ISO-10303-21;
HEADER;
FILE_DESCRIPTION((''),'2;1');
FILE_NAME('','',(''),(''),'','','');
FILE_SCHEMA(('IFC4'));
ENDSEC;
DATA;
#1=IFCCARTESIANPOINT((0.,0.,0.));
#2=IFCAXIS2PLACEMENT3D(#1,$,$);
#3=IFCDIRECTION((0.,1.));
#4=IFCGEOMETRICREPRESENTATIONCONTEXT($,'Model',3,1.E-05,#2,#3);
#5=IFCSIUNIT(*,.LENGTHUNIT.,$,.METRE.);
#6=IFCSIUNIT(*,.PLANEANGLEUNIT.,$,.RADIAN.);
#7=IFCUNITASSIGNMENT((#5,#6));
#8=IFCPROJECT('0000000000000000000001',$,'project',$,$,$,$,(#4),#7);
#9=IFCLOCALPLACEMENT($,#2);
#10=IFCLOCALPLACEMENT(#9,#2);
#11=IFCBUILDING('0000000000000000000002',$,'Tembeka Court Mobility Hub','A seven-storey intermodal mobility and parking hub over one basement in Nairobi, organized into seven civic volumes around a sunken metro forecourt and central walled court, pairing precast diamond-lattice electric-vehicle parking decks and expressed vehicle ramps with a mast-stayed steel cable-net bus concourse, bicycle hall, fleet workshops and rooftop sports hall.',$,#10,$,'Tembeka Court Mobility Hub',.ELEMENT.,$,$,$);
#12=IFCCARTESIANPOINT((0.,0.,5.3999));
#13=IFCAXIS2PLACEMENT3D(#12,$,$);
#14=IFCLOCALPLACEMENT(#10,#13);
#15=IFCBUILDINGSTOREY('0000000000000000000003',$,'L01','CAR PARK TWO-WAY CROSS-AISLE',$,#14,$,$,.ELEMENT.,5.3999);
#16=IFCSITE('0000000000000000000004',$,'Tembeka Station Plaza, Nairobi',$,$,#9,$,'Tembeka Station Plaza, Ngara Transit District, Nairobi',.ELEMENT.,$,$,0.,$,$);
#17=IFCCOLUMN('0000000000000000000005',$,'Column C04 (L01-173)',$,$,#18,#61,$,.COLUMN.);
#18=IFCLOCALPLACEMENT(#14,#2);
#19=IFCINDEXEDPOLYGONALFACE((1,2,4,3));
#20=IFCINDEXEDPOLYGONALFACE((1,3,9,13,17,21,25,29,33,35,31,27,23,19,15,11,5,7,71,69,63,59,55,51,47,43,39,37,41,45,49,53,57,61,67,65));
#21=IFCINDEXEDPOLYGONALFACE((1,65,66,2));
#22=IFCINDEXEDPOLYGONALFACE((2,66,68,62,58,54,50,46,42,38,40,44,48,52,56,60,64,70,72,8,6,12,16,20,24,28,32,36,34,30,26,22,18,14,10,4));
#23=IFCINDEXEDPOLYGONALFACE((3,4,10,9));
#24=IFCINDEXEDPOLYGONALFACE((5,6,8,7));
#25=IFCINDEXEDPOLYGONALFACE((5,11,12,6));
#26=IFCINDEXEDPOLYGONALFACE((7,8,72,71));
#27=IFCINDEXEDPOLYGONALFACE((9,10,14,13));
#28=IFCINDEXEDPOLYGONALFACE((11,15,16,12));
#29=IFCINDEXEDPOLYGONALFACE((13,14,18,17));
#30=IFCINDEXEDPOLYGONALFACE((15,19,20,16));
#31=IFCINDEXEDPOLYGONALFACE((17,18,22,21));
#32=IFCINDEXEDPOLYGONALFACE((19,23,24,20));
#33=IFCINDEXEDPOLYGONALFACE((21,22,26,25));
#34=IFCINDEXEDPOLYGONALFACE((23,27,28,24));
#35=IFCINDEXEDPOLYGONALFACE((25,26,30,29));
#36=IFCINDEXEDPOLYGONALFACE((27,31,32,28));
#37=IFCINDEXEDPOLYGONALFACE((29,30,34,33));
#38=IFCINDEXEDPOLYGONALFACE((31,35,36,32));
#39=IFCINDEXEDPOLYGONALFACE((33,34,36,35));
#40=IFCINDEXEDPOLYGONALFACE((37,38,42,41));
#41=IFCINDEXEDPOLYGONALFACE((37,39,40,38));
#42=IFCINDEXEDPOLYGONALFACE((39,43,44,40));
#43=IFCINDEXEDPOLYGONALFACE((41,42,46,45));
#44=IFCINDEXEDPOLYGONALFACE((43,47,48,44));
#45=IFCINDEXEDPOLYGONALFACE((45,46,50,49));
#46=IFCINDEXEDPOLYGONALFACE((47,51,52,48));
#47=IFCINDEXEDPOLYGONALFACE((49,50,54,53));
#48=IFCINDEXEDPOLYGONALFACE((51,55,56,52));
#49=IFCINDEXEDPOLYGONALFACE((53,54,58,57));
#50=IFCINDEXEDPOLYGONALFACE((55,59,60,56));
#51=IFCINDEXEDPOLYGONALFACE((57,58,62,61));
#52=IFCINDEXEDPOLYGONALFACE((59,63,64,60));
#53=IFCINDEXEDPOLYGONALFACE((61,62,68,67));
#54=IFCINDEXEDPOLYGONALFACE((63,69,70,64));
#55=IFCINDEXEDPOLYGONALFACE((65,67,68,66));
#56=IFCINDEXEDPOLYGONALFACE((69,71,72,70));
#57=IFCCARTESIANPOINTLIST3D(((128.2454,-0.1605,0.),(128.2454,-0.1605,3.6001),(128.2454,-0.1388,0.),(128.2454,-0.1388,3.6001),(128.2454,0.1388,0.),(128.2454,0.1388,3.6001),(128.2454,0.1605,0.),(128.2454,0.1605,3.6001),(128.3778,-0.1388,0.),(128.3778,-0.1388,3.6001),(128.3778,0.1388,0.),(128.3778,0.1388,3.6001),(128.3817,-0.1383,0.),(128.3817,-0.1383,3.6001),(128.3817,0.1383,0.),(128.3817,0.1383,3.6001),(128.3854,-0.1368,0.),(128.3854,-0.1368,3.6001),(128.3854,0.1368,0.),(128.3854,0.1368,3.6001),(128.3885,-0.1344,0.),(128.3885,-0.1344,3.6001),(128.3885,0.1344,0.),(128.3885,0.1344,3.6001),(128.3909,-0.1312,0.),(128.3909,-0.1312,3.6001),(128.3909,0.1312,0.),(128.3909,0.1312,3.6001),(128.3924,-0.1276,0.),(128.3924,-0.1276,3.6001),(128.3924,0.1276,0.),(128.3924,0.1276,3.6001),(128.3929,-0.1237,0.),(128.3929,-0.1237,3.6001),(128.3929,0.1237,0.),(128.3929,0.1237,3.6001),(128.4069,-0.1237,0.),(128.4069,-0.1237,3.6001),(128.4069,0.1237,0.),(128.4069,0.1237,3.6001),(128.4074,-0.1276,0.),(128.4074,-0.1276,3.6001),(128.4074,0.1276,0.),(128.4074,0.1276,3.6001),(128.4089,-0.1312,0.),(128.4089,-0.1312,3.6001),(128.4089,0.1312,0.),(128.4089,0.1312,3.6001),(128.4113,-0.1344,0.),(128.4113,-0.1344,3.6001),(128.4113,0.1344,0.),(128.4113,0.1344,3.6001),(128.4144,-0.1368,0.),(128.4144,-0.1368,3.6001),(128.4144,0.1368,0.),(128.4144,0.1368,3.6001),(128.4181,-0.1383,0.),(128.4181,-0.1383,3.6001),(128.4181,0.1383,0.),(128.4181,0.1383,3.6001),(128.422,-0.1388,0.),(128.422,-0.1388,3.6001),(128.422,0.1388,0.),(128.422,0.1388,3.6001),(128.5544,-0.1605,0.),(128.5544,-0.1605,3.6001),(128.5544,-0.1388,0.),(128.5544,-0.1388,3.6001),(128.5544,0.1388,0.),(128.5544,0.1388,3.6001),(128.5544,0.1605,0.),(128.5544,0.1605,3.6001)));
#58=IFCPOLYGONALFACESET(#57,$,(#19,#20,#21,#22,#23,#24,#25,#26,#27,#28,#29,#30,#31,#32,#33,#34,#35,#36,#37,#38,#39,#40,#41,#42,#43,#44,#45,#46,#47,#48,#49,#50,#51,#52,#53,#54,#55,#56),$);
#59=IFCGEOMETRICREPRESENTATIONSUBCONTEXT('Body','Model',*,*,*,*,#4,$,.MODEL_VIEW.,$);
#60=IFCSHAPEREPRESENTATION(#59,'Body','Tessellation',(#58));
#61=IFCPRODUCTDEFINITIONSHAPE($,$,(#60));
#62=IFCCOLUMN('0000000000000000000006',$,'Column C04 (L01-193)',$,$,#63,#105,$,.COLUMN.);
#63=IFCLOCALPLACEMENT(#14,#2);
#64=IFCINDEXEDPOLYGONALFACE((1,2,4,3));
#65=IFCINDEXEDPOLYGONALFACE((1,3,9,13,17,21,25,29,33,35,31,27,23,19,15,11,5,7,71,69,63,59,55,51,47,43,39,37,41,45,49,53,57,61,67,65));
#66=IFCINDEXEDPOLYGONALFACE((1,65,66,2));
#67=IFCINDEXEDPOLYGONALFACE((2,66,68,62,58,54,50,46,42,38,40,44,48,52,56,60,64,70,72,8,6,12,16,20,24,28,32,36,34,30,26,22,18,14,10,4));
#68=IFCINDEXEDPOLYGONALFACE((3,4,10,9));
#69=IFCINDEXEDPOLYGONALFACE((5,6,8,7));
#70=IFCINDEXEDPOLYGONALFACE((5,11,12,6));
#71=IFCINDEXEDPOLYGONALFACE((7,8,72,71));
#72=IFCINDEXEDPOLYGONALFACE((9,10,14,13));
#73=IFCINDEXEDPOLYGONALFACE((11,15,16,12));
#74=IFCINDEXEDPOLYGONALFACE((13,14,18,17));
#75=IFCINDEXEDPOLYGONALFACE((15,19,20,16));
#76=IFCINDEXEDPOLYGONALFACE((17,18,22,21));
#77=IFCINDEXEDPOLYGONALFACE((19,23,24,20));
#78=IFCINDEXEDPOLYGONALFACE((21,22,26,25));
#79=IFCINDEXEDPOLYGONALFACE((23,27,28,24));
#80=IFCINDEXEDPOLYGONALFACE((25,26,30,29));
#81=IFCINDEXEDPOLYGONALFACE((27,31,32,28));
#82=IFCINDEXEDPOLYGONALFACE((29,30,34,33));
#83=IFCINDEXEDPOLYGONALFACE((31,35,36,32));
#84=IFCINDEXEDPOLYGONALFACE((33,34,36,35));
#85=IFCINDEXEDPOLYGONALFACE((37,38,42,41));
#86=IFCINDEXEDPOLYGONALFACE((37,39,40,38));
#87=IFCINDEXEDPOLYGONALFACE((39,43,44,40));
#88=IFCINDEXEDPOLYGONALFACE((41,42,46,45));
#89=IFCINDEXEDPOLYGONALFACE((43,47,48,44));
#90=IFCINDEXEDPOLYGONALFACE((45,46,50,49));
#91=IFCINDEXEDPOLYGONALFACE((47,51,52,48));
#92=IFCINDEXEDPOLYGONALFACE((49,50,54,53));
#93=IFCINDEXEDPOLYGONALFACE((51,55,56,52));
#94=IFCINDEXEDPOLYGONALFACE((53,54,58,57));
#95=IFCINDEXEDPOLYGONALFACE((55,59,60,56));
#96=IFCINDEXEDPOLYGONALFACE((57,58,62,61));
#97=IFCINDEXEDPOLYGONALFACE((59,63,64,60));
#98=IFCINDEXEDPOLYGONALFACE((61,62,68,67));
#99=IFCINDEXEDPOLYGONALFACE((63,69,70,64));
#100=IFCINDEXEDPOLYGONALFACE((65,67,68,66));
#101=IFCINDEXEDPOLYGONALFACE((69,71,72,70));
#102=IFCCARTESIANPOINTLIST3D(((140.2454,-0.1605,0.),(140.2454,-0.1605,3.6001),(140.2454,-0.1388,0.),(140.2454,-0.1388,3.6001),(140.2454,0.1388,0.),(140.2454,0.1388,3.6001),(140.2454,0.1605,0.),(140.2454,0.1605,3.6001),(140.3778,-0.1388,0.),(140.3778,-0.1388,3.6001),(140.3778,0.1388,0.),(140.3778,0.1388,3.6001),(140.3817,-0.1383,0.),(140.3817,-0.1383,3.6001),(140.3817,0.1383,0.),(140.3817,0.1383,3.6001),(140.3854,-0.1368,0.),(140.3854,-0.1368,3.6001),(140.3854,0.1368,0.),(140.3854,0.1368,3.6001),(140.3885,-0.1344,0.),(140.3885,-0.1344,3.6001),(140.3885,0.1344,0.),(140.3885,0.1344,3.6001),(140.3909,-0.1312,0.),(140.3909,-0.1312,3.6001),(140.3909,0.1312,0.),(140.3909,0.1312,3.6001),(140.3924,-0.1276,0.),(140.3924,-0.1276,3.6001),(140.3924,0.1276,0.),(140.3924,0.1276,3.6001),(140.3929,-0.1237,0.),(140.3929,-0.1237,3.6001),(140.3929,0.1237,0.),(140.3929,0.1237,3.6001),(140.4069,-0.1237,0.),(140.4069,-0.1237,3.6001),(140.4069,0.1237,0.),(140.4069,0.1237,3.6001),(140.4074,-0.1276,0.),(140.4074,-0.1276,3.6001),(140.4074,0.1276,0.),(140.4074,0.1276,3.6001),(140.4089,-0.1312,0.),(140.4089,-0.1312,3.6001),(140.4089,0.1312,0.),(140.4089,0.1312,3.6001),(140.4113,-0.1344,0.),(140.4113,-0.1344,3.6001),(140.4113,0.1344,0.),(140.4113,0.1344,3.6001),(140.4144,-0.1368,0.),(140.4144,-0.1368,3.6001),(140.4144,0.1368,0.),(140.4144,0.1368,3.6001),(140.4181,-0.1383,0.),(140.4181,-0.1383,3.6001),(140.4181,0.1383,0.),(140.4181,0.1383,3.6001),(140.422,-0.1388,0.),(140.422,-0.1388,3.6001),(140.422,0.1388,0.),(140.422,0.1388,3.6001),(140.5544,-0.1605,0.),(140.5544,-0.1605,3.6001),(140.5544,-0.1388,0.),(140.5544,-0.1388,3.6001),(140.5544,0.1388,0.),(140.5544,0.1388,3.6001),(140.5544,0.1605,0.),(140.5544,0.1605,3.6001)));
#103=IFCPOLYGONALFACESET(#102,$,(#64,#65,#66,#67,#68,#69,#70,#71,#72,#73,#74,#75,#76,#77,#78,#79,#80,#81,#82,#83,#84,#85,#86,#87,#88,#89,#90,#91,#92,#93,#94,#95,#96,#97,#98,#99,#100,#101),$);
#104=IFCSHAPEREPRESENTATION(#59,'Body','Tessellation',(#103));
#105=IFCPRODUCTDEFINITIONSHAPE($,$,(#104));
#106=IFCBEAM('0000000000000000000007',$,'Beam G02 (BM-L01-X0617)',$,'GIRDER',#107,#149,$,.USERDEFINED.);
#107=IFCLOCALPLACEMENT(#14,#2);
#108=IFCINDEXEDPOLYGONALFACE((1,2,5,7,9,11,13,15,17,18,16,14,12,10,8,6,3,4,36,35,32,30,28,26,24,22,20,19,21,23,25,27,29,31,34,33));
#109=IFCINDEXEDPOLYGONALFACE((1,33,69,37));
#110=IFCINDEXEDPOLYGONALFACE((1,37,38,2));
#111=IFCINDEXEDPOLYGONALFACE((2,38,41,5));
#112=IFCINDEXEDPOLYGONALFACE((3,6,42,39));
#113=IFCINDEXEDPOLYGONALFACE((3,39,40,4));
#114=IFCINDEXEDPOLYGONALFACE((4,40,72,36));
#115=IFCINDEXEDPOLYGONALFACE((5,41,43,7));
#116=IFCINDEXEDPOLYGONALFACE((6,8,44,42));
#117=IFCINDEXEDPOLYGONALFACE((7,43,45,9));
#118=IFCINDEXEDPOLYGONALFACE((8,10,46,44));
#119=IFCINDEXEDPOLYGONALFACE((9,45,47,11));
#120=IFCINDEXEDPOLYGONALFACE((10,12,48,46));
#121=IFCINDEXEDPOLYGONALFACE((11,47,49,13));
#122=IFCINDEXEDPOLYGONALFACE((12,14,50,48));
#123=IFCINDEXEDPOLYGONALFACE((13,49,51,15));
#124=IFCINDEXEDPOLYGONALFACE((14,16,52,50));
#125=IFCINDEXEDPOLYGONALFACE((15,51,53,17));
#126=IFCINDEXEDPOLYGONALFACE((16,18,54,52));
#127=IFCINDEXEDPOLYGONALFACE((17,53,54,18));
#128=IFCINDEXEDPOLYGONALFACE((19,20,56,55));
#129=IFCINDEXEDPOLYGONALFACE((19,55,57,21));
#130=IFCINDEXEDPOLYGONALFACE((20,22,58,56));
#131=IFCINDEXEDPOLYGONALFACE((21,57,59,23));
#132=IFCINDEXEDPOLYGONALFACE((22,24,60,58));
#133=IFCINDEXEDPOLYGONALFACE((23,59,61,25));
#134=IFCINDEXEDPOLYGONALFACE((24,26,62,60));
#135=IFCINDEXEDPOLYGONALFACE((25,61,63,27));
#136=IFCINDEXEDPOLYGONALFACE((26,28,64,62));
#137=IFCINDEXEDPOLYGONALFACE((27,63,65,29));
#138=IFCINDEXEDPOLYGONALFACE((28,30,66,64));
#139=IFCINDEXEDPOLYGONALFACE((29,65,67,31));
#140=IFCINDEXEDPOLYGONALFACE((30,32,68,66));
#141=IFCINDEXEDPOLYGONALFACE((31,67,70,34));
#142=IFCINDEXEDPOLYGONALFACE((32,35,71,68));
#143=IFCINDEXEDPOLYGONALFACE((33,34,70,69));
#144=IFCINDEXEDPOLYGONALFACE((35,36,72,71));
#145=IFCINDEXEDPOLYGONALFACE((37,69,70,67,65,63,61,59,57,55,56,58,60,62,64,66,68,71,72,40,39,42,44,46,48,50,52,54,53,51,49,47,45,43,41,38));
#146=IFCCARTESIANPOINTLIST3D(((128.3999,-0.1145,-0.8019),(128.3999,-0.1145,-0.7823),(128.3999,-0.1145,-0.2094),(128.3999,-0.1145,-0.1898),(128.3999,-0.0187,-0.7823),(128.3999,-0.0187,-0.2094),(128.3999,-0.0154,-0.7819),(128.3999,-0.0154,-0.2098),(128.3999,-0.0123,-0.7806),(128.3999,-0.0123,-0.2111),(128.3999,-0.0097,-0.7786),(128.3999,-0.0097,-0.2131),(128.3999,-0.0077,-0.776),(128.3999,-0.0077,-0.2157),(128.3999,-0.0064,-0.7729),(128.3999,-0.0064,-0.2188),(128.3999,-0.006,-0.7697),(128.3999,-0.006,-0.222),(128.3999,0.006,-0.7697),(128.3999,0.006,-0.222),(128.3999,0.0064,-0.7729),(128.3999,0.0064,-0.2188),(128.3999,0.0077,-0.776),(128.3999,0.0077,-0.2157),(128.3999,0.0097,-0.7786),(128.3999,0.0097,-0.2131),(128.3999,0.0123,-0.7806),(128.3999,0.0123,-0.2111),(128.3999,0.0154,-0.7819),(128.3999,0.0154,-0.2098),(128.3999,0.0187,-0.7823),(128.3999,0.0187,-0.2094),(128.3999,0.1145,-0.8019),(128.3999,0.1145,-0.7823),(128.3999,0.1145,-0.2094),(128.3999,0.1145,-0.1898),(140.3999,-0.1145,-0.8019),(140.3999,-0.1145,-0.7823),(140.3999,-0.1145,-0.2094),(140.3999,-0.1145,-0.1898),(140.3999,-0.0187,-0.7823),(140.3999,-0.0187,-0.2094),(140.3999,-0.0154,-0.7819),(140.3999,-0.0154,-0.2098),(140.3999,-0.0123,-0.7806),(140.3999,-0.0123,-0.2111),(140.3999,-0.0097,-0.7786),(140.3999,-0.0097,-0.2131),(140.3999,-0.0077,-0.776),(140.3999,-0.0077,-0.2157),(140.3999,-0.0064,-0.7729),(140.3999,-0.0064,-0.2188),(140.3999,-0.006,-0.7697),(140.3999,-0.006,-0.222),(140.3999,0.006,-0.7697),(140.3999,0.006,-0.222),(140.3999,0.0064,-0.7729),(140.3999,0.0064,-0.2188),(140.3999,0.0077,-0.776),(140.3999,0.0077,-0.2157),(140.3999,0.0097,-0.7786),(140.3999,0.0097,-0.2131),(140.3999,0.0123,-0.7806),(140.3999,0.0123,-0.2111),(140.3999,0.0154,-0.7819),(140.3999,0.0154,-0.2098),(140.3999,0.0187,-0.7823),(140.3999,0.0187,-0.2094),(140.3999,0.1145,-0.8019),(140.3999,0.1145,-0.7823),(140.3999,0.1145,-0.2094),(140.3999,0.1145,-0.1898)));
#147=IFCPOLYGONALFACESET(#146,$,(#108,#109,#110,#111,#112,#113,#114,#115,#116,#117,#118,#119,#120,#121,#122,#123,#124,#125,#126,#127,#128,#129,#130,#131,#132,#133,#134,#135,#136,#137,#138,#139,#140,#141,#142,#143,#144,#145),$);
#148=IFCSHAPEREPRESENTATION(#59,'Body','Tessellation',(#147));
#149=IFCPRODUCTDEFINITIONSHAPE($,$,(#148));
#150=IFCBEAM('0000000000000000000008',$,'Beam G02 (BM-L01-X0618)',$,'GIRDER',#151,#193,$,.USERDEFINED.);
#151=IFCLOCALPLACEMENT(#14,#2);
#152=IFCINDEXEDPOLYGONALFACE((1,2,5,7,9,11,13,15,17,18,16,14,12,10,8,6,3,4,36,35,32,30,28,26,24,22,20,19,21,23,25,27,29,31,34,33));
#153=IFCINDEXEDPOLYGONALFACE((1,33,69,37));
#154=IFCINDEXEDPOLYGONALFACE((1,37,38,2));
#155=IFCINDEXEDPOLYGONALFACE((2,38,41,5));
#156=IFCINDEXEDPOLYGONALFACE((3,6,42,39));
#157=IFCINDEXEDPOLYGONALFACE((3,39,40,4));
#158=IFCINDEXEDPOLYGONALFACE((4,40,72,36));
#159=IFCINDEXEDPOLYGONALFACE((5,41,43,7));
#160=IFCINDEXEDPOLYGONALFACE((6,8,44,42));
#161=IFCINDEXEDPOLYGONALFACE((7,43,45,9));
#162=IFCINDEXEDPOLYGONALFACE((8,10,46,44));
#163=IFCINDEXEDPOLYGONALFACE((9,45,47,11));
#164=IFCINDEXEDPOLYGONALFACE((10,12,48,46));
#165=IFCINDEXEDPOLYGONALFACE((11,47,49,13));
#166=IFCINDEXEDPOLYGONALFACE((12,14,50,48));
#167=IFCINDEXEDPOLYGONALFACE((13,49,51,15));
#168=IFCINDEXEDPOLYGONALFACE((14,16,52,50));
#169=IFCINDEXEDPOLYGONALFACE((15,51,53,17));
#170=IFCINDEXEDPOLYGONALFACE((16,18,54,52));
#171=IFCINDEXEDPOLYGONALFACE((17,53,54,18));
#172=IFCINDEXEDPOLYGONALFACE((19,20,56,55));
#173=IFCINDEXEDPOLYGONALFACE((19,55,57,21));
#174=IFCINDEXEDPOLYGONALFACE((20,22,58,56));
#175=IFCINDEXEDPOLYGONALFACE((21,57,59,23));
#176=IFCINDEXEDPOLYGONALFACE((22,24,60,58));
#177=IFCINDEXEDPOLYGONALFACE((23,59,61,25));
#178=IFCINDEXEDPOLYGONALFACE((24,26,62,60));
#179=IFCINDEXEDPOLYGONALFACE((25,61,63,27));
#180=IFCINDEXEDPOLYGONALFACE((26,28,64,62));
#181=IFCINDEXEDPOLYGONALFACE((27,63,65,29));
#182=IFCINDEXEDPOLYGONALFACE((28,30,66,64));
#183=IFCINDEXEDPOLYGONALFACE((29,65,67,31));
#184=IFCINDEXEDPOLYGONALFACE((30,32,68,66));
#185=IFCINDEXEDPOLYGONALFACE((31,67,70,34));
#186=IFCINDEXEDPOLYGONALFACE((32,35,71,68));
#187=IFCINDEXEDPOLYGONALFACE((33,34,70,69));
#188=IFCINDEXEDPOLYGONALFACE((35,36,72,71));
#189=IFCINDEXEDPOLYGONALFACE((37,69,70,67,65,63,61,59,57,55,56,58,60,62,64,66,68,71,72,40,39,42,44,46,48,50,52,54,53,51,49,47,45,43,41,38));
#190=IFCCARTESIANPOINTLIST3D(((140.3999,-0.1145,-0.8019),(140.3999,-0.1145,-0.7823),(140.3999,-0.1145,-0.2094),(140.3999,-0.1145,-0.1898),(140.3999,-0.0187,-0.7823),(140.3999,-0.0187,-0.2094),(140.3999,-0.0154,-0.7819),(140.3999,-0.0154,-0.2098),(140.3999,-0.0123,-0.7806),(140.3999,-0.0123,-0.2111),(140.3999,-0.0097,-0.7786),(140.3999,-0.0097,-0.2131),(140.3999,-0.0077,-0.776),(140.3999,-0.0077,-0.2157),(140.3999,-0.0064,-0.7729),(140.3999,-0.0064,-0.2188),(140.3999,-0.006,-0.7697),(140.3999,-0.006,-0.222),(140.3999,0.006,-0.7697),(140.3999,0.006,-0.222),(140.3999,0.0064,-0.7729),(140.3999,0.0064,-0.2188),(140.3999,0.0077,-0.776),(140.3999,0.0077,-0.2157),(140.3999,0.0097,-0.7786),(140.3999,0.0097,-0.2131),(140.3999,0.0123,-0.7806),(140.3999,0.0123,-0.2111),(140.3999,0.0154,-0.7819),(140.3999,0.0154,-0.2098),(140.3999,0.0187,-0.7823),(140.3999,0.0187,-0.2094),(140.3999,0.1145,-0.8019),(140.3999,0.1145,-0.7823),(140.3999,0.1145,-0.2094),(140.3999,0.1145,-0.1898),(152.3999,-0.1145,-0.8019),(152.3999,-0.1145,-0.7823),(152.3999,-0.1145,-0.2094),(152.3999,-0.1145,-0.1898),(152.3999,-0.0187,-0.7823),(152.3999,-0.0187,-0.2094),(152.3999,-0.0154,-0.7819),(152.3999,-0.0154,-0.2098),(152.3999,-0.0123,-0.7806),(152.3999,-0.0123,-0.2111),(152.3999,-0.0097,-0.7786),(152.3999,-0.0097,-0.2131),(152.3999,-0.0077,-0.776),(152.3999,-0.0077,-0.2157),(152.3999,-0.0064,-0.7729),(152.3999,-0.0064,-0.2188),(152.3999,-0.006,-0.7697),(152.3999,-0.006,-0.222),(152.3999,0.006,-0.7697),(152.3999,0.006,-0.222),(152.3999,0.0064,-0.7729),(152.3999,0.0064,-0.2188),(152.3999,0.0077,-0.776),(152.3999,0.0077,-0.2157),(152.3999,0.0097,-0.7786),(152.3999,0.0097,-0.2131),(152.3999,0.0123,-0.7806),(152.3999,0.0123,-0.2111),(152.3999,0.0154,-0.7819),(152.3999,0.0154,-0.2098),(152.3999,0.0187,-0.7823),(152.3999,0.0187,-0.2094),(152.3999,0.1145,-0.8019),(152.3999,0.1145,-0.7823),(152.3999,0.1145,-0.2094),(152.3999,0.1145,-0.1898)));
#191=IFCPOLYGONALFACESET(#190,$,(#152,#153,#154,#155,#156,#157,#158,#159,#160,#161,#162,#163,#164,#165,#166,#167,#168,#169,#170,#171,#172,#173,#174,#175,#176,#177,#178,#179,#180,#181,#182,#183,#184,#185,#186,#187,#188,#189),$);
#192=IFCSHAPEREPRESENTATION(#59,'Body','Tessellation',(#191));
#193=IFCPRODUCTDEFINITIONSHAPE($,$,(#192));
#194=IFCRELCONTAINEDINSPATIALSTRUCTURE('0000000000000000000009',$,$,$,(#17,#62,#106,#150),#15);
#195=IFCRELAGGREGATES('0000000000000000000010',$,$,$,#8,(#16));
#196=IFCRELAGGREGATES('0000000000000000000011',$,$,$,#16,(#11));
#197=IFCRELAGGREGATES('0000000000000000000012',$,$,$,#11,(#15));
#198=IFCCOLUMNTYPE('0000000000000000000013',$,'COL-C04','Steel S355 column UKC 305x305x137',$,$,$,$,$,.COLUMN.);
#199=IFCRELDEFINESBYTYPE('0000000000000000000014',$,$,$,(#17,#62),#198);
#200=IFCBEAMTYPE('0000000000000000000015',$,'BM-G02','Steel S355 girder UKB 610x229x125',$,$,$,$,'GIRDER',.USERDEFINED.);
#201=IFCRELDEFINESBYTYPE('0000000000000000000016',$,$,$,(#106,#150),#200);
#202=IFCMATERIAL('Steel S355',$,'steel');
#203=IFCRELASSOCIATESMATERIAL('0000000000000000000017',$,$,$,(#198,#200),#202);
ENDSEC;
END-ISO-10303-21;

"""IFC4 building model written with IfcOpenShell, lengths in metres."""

from ifc_helpers import new_model, si_unit, direction, frame, origin, origin_2d, place, context, subcontext, project, spatial, i_section, extrude, material, material_profile, profile_set, type_object, element, save


model = new_model("IFC4")

# Units and contexts
model_context = context("Model", 3, precision=1e-05, world=origin(), true_north=direction((0.0, 1.0)))
body_context = subcontext(model_context, "Body", "Model", "MODEL_VIEW")
ifc_project = project(units=[si_unit("LENGTHUNIT", "METRE"), si_unit("PLANEANGLEUNIT", "RADIAN")], contexts=[model_context])

# Site, building, storey
site_placement = place(None, origin())
site = spatial("IfcSite", under=ifc_project, at=site_placement, Name="Tembeka Station Plaza, Nairobi", LongName="Tembeka Station Plaza, Ngara Transit District, Nairobi", CompositionType="ELEMENT", RefElevation=0.0)
building_placement = place(site_placement, origin())
building = spatial("IfcBuilding", under=site, at=building_placement, Name="Tembeka Court Mobility Hub", Description="A seven-storey intermodal mobility and parking hub over one basement in Nairobi, organized into seven civic volumes around a sunken metro forecourt and central walled court, pairing precast diamond-lattice electric-vehicle parking decks and expressed vehicle ramps with a mast-stayed steel cable-net bus concourse, bicycle hall, fleet workshops and rooftop sports hall.", LongName="Tembeka Court Mobility Hub", CompositionType="ELEMENT")
storey_placement = place(building_placement, frame((0.0, 0.0, 5.3999)))
storey = spatial("IfcBuildingStorey", under=building, at=storey_placement, Name="L01", Description="CAR PARK TWO-WAY CROSS-AISLE", CompositionType="ELEMENT", Elevation=5.3999)

# Columns
ifc_material_1 = material(Name="Steel S355", Category="steel")
ifc_material_profile_1 = material_profile(ifc_material_1, i_section(OverallWidth=0.3091, OverallDepth=0.321, WebThickness=0.0139, FlangeThickness=0.0217, FilletRadius=0.0151, at=origin_2d()), Name="UKC 305x305x137")
ifc_profile_set_1 = profile_set([ifc_material_profile_1], Name="Steel S355")
column_type = type_object("IfcColumnType", Name="COL-C04", Description="Steel S355 column UKC 305x305x137", PredefinedType="COLUMN", material=ifc_profile_set_1)
for number, where, z_axis, x_axis, name in (
    (1, (128.3999, 0.0, 0.0), (0.0, 0.0, 1.0), (1.0, 0.0, 0.0), "Column C04 (L01-173)"),
    (2, (140.3999, 0.0, 0.0), (0.0, 0.0, 1.0), (1.0, 0.0, 0.0), "Column C04 (L01-193)"),
):
    element("IfcColumn", number, at=place(storey_placement, frame(where, z_axis=z_axis, x_axis=x_axis)), inside=storey, type_object=column_type, Name=name, PredefinedType="COLUMN", context=body_context, shape_type="SweptSolid", body=[
        extrude(i_section(OverallWidth=0.3091, OverallDepth=0.321, WebThickness=0.0139, FlangeThickness=0.0217, FilletRadius=0.0151, at=origin_2d()), origin(), (0.0, 0.0, 1.0), 3.6001),
    ])

# Beams
ifc_material_profile_2 = material_profile(ifc_material_1, i_section(OverallWidth=0.229, OverallDepth=0.6121, WebThickness=0.012, FlangeThickness=0.0195, FilletRadius=0.0127, at=origin_2d()), Name="UKB 610x229x125")
ifc_profile_set_2 = profile_set([ifc_material_profile_2], Name="Steel S355")
beam_type = type_object("IfcBeamType", Name="BM-G02", Description="Steel S355 girder UKB 610x229x125", ElementType="GIRDER", PredefinedType="USERDEFINED", material=ifc_profile_set_2)
for number, where, z_axis, x_axis, name in (
    (3, (128.3999, 0.0, -0.4958), (1.0, 0.0, 0.0), (0.0, 1.0, 0.0), "Beam G02 (BM-L01-X0617)"),
    (4, (140.3999, 0.0, -0.4958), (1.0, 0.0, 0.0), (0.0, 1.0, 0.0), "Beam G02 (BM-L01-X0618)"),
):
    element("IfcBeam", number, at=place(storey_placement, frame(where, z_axis=z_axis, x_axis=x_axis)), inside=storey, type_object=beam_type, Name=name, ObjectType="GIRDER", PredefinedType="USERDEFINED", context=body_context, shape_type="SweptSolid", body=[
        extrude(i_section(OverallWidth=0.229, OverallDepth=0.6121, WebThickness=0.012, FlangeThickness=0.0195, FilletRadius=0.0127, at=origin_2d()), origin(), (0.0, 0.0, 1.0), 12.0),
    ])

save(model, "model.ifc")
